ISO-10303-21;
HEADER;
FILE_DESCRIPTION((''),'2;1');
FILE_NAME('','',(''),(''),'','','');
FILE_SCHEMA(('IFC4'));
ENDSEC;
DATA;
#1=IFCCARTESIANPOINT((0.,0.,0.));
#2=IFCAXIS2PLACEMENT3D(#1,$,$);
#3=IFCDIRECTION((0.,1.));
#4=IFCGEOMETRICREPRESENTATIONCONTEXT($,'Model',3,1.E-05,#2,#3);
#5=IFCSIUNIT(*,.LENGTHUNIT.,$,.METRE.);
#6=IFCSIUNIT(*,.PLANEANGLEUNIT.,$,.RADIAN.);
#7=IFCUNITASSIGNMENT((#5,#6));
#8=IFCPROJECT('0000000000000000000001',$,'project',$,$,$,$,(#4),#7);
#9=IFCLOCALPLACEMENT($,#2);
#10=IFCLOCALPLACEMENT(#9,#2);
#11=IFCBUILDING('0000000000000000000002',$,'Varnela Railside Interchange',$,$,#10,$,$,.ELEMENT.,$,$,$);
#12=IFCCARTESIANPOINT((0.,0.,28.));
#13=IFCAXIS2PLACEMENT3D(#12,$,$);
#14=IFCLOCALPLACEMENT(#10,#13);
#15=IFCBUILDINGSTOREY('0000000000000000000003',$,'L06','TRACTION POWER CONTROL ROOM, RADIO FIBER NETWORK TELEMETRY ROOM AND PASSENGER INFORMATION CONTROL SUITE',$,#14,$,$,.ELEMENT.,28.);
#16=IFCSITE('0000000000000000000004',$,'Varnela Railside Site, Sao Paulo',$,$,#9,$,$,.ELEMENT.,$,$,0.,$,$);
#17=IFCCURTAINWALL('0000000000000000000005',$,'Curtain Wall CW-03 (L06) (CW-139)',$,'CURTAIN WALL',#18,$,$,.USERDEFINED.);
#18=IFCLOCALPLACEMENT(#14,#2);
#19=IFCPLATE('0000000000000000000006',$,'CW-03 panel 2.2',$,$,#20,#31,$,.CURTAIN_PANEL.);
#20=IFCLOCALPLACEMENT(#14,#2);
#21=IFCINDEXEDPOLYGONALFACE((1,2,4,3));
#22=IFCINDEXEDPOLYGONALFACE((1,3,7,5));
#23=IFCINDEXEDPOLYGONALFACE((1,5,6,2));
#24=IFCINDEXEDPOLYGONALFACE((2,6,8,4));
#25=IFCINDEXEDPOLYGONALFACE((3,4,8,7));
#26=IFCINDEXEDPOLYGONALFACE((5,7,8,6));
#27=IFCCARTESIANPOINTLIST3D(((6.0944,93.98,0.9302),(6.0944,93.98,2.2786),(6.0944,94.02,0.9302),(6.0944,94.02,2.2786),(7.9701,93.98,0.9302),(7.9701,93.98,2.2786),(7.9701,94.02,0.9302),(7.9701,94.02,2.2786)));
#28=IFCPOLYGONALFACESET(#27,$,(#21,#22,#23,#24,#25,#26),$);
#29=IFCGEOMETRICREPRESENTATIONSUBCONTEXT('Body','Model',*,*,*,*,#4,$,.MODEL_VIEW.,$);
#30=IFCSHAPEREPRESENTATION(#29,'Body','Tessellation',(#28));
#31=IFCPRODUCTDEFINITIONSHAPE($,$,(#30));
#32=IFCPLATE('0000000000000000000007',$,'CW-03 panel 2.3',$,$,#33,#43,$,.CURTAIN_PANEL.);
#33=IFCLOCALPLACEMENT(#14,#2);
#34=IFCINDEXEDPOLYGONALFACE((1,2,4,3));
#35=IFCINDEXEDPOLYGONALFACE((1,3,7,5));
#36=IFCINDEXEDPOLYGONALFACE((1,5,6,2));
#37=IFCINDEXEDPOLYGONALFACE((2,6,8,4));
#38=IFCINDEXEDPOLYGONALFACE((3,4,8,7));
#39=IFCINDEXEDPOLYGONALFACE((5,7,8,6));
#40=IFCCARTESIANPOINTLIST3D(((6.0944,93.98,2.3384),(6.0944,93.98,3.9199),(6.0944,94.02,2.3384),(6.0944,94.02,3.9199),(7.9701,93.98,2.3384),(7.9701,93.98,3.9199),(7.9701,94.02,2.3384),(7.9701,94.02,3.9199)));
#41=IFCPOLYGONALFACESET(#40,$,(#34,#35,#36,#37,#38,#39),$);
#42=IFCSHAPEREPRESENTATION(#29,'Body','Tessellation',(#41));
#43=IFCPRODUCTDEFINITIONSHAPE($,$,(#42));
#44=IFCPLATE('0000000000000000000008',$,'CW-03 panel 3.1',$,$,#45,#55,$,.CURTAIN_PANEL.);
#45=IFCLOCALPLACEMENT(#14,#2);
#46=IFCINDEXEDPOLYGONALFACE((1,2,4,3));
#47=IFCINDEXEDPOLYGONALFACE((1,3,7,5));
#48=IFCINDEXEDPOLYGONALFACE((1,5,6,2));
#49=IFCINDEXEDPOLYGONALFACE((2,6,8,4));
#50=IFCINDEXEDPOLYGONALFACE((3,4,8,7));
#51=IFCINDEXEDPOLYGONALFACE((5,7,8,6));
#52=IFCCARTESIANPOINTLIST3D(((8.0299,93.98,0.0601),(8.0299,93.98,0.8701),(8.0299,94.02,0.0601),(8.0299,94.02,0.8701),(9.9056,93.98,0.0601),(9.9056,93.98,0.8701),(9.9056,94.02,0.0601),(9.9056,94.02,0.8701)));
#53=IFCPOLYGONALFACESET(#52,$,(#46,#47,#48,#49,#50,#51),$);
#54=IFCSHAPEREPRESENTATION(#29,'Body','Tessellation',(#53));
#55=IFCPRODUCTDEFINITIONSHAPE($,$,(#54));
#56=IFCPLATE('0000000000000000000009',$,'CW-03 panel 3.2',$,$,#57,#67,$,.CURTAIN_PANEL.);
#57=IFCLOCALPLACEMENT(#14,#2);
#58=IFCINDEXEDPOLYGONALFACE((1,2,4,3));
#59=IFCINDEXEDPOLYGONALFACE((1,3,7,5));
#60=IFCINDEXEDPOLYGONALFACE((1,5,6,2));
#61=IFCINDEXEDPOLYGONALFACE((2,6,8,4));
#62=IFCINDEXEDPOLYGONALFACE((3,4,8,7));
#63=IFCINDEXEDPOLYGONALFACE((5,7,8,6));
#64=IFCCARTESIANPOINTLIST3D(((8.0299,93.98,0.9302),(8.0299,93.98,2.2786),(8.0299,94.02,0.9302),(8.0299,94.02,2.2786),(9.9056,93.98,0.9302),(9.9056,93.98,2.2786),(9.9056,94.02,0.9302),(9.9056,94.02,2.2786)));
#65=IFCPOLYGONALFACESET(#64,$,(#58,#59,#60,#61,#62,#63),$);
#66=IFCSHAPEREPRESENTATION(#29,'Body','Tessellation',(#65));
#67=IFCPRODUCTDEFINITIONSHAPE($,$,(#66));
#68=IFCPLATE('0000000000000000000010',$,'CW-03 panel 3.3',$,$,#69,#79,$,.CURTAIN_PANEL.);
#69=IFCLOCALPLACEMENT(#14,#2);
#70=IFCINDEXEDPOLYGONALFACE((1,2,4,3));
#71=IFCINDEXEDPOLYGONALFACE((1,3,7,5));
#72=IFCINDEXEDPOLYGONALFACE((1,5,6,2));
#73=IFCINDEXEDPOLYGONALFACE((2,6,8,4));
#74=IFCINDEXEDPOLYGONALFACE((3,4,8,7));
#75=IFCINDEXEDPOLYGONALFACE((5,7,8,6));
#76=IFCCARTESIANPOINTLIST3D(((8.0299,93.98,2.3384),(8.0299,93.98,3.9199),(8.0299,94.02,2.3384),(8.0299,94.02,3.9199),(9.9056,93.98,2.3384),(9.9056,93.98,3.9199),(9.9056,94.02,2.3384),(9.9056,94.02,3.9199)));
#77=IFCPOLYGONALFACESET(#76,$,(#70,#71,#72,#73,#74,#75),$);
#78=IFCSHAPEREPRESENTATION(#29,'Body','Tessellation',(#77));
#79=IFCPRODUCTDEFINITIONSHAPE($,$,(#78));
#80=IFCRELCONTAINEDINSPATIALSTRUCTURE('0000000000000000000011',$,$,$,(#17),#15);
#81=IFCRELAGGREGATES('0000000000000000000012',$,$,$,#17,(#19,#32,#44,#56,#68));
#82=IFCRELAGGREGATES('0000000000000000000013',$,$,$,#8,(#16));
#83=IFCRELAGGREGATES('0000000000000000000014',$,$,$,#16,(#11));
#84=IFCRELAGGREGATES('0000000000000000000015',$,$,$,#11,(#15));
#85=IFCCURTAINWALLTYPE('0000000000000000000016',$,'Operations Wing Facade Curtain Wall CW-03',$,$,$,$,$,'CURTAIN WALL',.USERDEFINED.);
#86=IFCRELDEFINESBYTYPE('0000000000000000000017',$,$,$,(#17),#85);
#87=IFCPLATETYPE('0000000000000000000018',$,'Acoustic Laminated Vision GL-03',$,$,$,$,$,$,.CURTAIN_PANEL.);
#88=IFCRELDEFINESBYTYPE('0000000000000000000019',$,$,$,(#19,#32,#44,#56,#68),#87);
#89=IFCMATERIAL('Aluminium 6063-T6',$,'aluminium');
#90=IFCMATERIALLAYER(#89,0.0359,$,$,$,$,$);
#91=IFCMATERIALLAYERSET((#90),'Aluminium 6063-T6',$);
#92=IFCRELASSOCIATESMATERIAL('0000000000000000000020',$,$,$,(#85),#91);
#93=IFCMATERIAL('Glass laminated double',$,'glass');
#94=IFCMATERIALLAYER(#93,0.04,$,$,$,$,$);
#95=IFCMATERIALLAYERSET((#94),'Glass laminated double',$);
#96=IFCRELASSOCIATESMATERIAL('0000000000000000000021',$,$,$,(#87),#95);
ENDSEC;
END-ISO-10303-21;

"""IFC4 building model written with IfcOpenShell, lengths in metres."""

from ifc_helpers import new_model, si_unit, direction, frame, origin, origin_2d, place, context, subcontext, project, spatial, rectangle, extrude, material, layer, layer_set, type_object, element, aggregate, save


model = new_model("IFC4")

# Units and contexts
model_context = context("Model", 3, precision=1e-05, world=origin(), true_north=direction((0.0, 1.0)))
body_context = subcontext(model_context, "Body", "Model", "MODEL_VIEW")
ifc_project = project(units=[si_unit("LENGTHUNIT", "METRE"), si_unit("PLANEANGLEUNIT", "RADIAN")], contexts=[model_context])

# Site, building, storey
site_placement = place(None, origin())
site = spatial("IfcSite", under=ifc_project, at=site_placement, Name="Varnela Railside Site, Sao Paulo", CompositionType="ELEMENT", RefElevation=0.0)
building_placement = place(site_placement, origin())
building = spatial("IfcBuilding", under=site, at=building_placement, Name="Varnela Railside Interchange", CompositionType="ELEMENT")
storey_placement = place(building_placement, frame((0.0, 0.0, 28.0)))
storey = spatial("IfcBuildingStorey", under=building, at=storey_placement, Name="L06", Description="TRACTION POWER CONTROL ROOM, RADIO FIBER NETWORK TELEMETRY ROOM AND PASSENGER INFORMATION CONTROL SUITE", CompositionType="ELEMENT", Elevation=28.0)

# Curtain wall, plates
ifc_material_1 = material(Name="Aluminium 6063-T6", Category="aluminium")
ifc_layer_1 = layer(ifc_material_1, 0.0359)
ifc_layer_set_1 = layer_set([ifc_layer_1], Name="Aluminium 6063-T6")
curtain_wall_type = type_object("IfcCurtainWallType", Name="Operations Wing Facade Curtain Wall CW-03", ElementType="CURTAIN WALL", PredefinedType="USERDEFINED", material=ifc_layer_set_1)
curtain_wall_placement = place(storey_placement, origin())
curtain_wall = element("IfcCurtainWall", 1, at=curtain_wall_placement, inside=storey, type_object=curtain_wall_type, Name="Curtain Wall CW-03 (L06) (CW-139)", ObjectType="CURTAIN WALL", PredefinedType="USERDEFINED")
ifc_material_2 = material(Name="Glass laminated double", Category="glass")
ifc_layer_2 = layer(ifc_material_2, 0.04)
ifc_layer_set_2 = layer_set([ifc_layer_2], Name="Glass laminated double")
plate_type = type_object("IfcPlateType", Name="Acoustic Laminated Vision GL-03", PredefinedType="CURTAIN_PANEL", material=ifc_layer_set_2)
plate_1_placement = place(storey_placement, frame((7.0322, 94.0, 0.9302), z_axis=(0.0, 0.0, 1.0), x_axis=(1.0, 0.0, 0.0)))
plate_1 = element("IfcPlate", 2, at=plate_1_placement, type_object=plate_type, Name="CW-03 panel 2.2", PredefinedType="CURTAIN_PANEL", context=body_context, shape_type="SweptSolid", body=[
    extrude(rectangle(XDim=1.8757, YDim=0.04, at=origin_2d()), origin(), (0.0, 0.0, 1.0), 1.3484),
])
plate_2_placement = place(storey_placement, frame((7.0322, 94.0, 2.3384), z_axis=(0.0, 0.0, 1.0), x_axis=(1.0, 0.0, 0.0)))
plate_2 = element("IfcPlate", 3, at=plate_2_placement, type_object=plate_type, Name="CW-03 panel 2.3", PredefinedType="CURTAIN_PANEL", context=body_context, shape_type="SweptSolid", body=[
    extrude(rectangle(XDim=1.8757, YDim=0.04, at=origin_2d()), origin(), (0.0, 0.0, 1.0), 1.5815),
])
plate_3_placement = place(storey_placement, frame((8.9678, 94.0, 0.0601), z_axis=(0.0, 0.0, 1.0), x_axis=(1.0, 0.0, 0.0)))
plate_3 = element("IfcPlate", 4, at=plate_3_placement, type_object=plate_type, Name="CW-03 panel 3.1", PredefinedType="CURTAIN_PANEL", context=body_context, shape_type="SweptSolid", body=[
    extrude(rectangle(XDim=1.8757, YDim=0.04, at=origin_2d()), origin(), (0.0, 0.0, 1.0), 0.8101),
])
plate_4_placement = place(storey_placement, frame((8.9678, 94.0, 0.9302), z_axis=(0.0, 0.0, 1.0), x_axis=(1.0, 0.0, 0.0)))
plate_4 = element("IfcPlate", 5, at=plate_4_placement, type_object=plate_type, Name="CW-03 panel 3.2", PredefinedType="CURTAIN_PANEL", context=body_context, shape_type="SweptSolid", body=[
    extrude(rectangle(XDim=1.8757, YDim=0.04, at=origin_2d()), origin(), (0.0, 0.0, 1.0), 1.3484),
])
plate_5_placement = place(storey_placement, frame((8.9678, 94.0, 2.3384), z_axis=(0.0, 0.0, 1.0), x_axis=(1.0, 0.0, 0.0)))
plate_5 = element("IfcPlate", 6, at=plate_5_placement, type_object=plate_type, Name="CW-03 panel 3.3", PredefinedType="CURTAIN_PANEL", context=body_context, shape_type="SweptSolid", body=[
    extrude(rectangle(XDim=1.8757, YDim=0.04, at=origin_2d()), origin(), (0.0, 0.0, 1.0), 1.5815),
])
aggregate(curtain_wall, [plate_1, plate_2, plate_3, plate_4, plate_5])

save(model, "model.ifc")
